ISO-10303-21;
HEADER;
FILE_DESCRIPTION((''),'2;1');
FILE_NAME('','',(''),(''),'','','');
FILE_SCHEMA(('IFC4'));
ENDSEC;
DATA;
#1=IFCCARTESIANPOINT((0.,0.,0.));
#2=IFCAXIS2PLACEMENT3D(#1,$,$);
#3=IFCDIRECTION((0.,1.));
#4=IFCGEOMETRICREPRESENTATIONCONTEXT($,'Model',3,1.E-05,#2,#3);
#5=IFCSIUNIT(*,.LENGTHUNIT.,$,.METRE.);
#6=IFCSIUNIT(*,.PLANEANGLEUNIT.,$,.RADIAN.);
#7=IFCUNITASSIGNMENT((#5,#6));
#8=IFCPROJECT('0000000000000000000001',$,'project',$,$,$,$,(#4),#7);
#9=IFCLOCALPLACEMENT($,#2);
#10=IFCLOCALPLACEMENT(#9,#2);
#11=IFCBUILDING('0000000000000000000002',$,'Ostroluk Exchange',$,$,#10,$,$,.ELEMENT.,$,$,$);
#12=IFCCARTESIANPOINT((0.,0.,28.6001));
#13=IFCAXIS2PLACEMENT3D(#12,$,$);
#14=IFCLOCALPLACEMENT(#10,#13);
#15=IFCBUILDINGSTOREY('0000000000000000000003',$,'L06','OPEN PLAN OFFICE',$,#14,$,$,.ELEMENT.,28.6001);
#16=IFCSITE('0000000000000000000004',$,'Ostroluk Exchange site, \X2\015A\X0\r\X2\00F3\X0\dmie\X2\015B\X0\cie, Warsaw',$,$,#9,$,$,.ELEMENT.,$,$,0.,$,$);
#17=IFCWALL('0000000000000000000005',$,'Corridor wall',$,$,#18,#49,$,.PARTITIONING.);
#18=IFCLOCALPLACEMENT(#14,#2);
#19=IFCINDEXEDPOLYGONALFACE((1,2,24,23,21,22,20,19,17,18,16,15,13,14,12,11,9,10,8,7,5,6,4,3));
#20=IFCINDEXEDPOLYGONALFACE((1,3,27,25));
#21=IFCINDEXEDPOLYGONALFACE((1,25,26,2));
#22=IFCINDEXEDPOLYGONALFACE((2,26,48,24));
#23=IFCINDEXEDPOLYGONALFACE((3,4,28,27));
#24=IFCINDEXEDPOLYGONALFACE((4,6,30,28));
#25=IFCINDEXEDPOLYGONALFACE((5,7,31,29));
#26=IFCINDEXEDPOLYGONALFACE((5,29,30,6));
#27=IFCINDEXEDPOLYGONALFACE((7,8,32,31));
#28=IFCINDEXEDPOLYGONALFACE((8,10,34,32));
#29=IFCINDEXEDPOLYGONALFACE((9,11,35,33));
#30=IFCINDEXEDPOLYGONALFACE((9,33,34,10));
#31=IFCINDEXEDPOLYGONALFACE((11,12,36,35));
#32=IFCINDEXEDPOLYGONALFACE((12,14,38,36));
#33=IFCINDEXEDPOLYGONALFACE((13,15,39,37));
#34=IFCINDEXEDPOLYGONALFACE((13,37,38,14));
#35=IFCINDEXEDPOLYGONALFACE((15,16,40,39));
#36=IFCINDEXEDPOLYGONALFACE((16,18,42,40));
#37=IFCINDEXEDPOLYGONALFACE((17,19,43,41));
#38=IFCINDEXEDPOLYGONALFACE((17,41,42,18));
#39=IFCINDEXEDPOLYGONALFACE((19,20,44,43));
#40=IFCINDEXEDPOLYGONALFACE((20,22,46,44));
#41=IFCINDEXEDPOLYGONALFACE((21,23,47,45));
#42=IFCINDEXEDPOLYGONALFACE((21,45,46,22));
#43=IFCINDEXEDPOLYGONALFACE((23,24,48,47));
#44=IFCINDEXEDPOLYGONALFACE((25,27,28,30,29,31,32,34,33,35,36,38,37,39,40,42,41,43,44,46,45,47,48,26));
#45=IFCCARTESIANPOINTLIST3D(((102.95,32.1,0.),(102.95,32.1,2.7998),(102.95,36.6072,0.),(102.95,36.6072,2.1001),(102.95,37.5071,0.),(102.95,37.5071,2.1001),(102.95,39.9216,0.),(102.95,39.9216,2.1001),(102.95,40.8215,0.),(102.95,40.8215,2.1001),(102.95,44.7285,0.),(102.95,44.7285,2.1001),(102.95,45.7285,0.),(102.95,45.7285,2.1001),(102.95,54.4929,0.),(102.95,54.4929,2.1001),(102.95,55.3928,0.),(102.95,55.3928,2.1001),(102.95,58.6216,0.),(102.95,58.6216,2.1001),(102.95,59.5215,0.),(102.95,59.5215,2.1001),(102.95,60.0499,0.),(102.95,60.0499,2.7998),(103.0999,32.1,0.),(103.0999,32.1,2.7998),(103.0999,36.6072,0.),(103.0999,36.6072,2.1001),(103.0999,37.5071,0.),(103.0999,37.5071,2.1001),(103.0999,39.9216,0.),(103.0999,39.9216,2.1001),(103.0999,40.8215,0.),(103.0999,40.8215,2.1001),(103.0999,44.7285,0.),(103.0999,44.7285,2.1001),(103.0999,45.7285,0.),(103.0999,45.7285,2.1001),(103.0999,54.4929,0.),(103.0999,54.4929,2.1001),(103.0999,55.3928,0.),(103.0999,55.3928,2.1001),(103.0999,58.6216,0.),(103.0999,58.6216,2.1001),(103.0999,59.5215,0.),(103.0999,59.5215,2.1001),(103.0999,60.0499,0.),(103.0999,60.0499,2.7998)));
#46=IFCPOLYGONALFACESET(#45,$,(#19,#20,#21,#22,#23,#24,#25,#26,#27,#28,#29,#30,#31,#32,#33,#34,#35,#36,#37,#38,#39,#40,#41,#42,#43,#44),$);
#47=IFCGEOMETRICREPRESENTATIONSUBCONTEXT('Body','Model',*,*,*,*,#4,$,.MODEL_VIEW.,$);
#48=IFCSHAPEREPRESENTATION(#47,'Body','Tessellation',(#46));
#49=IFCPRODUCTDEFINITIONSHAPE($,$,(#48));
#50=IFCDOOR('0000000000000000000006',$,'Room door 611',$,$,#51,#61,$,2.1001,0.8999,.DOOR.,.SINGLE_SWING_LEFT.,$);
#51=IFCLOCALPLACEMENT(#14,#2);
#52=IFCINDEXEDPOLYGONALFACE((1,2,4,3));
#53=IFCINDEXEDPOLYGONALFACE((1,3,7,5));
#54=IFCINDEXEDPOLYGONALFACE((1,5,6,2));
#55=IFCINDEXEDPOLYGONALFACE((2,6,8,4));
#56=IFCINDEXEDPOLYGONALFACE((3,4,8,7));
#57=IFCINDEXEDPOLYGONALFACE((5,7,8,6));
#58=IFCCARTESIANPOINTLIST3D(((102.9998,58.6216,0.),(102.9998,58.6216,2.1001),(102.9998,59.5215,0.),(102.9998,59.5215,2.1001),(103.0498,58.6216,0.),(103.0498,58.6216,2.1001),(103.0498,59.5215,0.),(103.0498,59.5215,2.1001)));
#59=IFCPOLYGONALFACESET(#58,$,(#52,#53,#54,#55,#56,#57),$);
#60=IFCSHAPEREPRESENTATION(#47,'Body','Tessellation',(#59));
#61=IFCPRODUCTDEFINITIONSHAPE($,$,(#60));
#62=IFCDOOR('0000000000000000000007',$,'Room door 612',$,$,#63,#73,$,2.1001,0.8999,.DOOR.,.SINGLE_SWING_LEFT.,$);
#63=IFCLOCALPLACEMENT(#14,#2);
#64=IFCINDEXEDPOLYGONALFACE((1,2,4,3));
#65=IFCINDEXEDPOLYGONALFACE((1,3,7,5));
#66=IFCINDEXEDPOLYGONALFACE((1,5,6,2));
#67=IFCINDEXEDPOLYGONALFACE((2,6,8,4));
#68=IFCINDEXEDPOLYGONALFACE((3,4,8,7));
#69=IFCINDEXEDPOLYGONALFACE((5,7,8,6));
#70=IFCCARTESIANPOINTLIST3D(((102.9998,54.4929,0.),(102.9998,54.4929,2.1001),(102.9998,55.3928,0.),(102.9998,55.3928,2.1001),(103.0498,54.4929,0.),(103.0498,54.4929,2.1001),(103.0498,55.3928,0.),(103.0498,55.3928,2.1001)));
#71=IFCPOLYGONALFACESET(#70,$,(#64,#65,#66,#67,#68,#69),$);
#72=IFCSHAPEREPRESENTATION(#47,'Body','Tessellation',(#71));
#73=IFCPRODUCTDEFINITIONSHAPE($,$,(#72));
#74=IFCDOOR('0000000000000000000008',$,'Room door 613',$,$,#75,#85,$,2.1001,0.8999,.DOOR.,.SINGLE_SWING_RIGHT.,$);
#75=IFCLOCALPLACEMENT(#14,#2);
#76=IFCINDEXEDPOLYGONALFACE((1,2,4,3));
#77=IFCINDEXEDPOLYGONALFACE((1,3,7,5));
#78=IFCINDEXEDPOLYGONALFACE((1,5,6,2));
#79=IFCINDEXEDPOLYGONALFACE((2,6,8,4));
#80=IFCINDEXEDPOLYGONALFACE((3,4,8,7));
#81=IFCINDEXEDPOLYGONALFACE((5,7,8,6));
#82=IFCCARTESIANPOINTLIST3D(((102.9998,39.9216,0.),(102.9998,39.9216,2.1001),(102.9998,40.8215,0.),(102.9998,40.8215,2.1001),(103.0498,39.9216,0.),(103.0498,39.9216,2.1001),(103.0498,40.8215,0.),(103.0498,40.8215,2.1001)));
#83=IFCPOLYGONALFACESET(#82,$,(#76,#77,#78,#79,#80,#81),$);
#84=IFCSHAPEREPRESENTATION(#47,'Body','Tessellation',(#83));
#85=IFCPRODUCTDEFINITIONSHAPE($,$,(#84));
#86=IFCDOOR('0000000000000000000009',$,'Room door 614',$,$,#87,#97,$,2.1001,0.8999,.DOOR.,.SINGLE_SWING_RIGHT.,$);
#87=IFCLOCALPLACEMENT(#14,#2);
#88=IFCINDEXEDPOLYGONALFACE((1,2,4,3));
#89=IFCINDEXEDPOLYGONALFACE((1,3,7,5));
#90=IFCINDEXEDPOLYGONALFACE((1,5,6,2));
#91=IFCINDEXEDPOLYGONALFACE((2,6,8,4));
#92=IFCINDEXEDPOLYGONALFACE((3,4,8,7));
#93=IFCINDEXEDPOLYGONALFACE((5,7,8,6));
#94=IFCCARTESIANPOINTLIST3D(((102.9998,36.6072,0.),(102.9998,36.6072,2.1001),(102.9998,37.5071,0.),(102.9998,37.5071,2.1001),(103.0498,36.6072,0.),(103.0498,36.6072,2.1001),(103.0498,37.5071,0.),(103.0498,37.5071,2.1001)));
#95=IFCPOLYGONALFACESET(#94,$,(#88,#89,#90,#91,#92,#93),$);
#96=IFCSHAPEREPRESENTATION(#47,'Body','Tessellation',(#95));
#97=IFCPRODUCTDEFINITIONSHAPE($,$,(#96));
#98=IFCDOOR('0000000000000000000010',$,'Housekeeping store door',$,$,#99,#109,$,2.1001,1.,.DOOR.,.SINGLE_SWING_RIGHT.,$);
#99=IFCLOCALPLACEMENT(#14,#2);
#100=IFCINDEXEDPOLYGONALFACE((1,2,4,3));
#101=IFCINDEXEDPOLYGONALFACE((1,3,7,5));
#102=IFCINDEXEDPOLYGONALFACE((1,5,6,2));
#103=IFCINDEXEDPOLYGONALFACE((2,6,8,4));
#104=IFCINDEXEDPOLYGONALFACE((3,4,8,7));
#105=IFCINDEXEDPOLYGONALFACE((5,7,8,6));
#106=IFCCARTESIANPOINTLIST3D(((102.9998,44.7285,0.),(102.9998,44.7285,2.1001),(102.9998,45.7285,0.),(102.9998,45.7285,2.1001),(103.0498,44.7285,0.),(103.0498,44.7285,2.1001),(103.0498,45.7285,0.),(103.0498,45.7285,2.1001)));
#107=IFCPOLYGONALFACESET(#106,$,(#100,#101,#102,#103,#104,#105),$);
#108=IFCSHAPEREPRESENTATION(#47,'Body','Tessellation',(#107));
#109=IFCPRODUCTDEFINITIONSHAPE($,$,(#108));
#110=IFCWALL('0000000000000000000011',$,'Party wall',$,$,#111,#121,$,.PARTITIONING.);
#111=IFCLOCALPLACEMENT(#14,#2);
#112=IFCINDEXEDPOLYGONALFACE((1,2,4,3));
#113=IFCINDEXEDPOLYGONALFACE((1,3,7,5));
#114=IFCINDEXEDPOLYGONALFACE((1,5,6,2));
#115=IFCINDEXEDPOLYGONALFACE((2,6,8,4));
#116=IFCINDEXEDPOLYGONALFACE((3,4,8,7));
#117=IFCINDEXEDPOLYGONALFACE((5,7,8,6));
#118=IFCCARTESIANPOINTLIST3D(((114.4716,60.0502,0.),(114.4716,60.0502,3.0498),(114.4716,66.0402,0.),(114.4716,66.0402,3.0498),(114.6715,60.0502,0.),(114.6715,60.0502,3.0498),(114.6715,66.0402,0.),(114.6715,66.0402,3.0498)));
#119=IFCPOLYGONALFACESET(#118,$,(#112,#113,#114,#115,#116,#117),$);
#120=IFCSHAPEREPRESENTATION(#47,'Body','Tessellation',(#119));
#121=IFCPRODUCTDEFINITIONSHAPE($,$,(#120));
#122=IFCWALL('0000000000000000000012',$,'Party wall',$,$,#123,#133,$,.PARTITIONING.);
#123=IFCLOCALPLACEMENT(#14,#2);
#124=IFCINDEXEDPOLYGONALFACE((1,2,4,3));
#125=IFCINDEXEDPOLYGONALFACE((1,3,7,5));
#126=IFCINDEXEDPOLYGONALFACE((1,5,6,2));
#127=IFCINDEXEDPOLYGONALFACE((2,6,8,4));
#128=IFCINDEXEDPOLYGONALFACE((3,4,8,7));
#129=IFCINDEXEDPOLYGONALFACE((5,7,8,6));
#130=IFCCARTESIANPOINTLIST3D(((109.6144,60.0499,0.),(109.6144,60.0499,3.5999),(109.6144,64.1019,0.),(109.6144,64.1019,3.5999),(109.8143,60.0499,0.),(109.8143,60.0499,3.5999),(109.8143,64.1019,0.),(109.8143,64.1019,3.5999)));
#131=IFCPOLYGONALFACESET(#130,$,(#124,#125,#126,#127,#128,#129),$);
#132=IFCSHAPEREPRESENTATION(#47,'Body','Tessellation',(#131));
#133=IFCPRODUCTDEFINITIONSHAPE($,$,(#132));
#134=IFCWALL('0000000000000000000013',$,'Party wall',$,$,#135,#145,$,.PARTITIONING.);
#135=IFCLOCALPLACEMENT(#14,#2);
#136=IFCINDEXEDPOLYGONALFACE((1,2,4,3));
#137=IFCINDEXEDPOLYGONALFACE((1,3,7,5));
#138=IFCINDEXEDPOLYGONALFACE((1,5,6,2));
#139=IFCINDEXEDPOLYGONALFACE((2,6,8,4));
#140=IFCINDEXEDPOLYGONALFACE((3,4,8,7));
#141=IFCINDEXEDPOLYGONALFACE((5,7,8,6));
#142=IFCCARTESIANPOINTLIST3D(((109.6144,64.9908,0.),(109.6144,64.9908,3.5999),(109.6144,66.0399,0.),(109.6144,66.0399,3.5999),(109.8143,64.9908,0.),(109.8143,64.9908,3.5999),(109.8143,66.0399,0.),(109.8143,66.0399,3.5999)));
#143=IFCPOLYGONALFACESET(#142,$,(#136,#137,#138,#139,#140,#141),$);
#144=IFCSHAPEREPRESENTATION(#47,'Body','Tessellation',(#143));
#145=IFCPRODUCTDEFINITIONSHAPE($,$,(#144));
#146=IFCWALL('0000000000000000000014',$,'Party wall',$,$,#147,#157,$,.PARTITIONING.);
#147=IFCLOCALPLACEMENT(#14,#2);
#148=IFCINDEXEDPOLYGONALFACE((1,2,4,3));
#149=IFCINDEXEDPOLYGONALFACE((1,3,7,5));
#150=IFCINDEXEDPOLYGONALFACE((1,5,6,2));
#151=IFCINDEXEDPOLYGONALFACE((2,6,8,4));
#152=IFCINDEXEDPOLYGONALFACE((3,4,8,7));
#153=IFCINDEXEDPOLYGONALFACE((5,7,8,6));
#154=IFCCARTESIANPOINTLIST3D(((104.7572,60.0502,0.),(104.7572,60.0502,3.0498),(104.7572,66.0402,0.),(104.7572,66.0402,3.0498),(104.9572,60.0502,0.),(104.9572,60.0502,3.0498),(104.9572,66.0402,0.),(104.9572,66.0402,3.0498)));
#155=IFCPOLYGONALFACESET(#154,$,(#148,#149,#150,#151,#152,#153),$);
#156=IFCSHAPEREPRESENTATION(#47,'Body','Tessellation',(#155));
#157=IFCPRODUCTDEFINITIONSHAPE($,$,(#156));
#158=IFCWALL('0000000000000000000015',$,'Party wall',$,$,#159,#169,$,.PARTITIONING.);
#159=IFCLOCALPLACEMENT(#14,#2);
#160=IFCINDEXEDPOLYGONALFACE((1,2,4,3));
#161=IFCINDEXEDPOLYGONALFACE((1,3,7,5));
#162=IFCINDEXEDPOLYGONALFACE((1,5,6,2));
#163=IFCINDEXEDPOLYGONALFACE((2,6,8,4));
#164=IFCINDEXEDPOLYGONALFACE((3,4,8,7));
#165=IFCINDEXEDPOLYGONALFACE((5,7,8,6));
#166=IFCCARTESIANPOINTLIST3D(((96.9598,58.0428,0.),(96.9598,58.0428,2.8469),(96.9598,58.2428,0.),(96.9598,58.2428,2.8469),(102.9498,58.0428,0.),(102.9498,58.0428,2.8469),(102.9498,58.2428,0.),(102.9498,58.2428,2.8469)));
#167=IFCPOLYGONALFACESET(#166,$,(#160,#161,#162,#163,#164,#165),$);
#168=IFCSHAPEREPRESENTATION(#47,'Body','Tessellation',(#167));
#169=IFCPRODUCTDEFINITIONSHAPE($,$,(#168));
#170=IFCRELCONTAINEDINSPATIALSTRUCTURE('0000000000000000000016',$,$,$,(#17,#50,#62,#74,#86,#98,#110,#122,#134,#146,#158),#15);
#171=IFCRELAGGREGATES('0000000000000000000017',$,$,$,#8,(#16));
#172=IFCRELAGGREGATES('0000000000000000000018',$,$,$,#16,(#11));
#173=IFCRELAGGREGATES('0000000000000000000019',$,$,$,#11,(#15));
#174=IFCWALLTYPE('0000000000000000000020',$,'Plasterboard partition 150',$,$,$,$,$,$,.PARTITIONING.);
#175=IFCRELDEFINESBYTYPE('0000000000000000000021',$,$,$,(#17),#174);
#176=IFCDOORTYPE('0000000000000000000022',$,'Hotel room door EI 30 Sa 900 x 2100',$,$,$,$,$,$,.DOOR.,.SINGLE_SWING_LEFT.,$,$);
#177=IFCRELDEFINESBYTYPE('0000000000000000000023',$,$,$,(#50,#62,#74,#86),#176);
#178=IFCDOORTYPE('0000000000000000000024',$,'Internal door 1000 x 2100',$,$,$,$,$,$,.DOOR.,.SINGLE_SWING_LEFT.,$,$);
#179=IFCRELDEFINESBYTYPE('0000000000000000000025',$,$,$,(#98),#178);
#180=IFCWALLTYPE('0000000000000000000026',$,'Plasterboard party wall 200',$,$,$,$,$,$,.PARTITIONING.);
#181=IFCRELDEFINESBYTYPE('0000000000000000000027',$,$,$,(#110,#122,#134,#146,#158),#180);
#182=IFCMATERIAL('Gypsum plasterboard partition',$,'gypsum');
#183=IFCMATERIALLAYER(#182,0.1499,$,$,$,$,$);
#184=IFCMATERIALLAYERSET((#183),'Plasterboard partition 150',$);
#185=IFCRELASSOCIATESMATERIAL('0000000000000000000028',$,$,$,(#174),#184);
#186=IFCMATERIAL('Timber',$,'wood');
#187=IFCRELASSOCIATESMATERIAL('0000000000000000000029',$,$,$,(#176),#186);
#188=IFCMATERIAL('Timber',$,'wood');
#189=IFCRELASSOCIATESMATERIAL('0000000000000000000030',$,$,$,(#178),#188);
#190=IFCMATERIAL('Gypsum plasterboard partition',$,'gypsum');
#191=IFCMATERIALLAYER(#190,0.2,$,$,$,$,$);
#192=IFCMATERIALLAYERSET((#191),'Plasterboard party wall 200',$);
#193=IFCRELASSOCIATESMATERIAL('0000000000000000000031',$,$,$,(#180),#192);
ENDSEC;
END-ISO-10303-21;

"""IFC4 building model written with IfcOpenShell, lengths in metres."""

from ifc_helpers import new_model, si_unit, direction, frame, frame_2d, origin, place, context, subcontext, project, spatial, rectangle, extrude, material, layer, layer_set, type_object, element, fill, save


model = new_model("IFC4")

# Units and contexts
model_context = context("Model", 3, precision=1e-05, world=origin(), true_north=direction((0.0, 1.0)))
body_context = subcontext(model_context, "Body", "Model", "MODEL_VIEW")
ifc_project = project(units=[si_unit("LENGTHUNIT", "METRE"), si_unit("PLANEANGLEUNIT", "RADIAN")], contexts=[model_context])

# Site, building, storey
site_placement = place(None, origin())
site = spatial("IfcSite", under=ifc_project, at=site_placement, Name="Ostroluk Exchange site, Śródmieście, Warsaw", CompositionType="ELEMENT", RefElevation=0.0)
building_placement = place(site_placement, origin())
building = spatial("IfcBuilding", under=site, at=building_placement, Name="Ostroluk Exchange", CompositionType="ELEMENT")
storey_placement = place(building_placement, frame((0.0, 0.0, 28.6001)))
storey = spatial("IfcBuildingStorey", under=building, at=storey_placement, Name="L06", Description="OPEN PLAN OFFICE", CompositionType="ELEMENT", Elevation=28.6001)

# Wall, openings, doors
ifc_material_1 = material(Name="Gypsum plasterboard partition", Category="gypsum")
ifc_layer_1 = layer(ifc_material_1, 0.1499)
ifc_layer_set_1 = layer_set([ifc_layer_1], Name="Plasterboard partition 150")
wall_type_1 = type_object("IfcWallType", Name="Plasterboard partition 150", PredefinedType="PARTITIONING", material=ifc_layer_set_1)
wall_1_placement = place(storey_placement, frame((103.0249, 60.05, 0.0), z_axis=(0.0, 0.0, 1.0), x_axis=(0.0, -1.0, 0.0)))
wall_1 = element("IfcWall", 1, at=wall_1_placement, inside=storey, type_object=wall_type_1, Name="Corridor wall", PredefinedType="PARTITIONING", context=body_context, shape_type="SweptSolid", body=[
    extrude(rectangle(XDim=27.95, YDim=0.1499, at=frame_2d((13.9751, 0.0))), origin(), (0.0, 0.0, 1.0), 2.7998),
])
opening_1_placement = place(wall_1_placement, frame((0.5286, 0.0, 0.0)))
opening_1 = element("IfcOpeningElement", 2, at=opening_1_placement, cuts=wall_1, PredefinedType="OPENING", context=body_context, shape_type="SweptSolid", body=[
    extrude(rectangle(XDim=0.8999, YDim=2.1001, at=frame_2d((0.45, 1.05))), frame((0.0, 0.085, 0.0), z_axis=(0.0, -1.0, 0.0), x_axis=(1.0, 0.0, 0.0)), (0.0, 0.0, 1.0), 0.1699),
])
opening_2_placement = place(wall_1_placement, frame((4.6572, 0.0, 0.0)))
opening_2 = element("IfcOpeningElement", 3, at=opening_2_placement, cuts=wall_1, PredefinedType="OPENING", context=body_context, shape_type="SweptSolid", body=[
    extrude(rectangle(XDim=0.8999, YDim=2.1001, at=frame_2d((0.45, 1.05))), frame((0.0, 0.085, 0.0), z_axis=(0.0, -1.0, 0.0), x_axis=(1.0, 0.0, 0.0)), (0.0, 0.0, 1.0), 0.1699),
])
opening_3_placement = place(wall_1_placement, frame((14.3215, 0.0, 0.0)))
opening_3 = element("IfcOpeningElement", 4, at=opening_3_placement, cuts=wall_1, PredefinedType="OPENING", context=body_context, shape_type="SweptSolid", body=[
    extrude(rectangle(XDim=1.0, YDim=2.1001, at=frame_2d((0.5, 1.05))), frame((0.0, 0.085, 0.0), z_axis=(0.0, -1.0, 0.0), x_axis=(1.0, 0.0, 0.0)), (0.0, 0.0, 1.0), 0.1699),
])
opening_4_placement = place(wall_1_placement, frame((19.2285, 0.0, 0.0)))
opening_4 = element("IfcOpeningElement", 5, at=opening_4_placement, cuts=wall_1, PredefinedType="OPENING", context=body_context, shape_type="SweptSolid", body=[
    extrude(rectangle(XDim=0.8999, YDim=2.1001, at=frame_2d((0.45, 1.05))), frame((0.0, 0.085, 0.0), z_axis=(0.0, -1.0, 0.0), x_axis=(1.0, 0.0, 0.0)), (0.0, 0.0, 1.0), 0.1699),
])
opening_5_placement = place(wall_1_placement, frame((22.543, 0.0, 0.0)))
opening_5 = element("IfcOpeningElement", 6, at=opening_5_placement, cuts=wall_1, PredefinedType="OPENING", context=body_context, shape_type="SweptSolid", body=[
    extrude(rectangle(XDim=0.8999, YDim=2.1001, at=frame_2d((0.45, 1.05))), frame((0.0, 0.085, 0.0), z_axis=(0.0, -1.0, 0.0), x_axis=(1.0, 0.0, 0.0)), (0.0, 0.0, 1.0), 0.1699),
])
ifc_material_2 = material(Name="Timber", Category="wood")
door_type_1 = type_object("IfcDoorType", Name="Hotel room door EI 30 Sa 900 x 2100", OperationType="SINGLE_SWING_LEFT", PredefinedType="DOOR", material=ifc_material_2)
door_1_placement = place(opening_1_placement, origin())
door_1 = element("IfcDoor", 7, at=door_1_placement, inside=storey, type_object=door_type_1, Name="Room door 611", OperationType="SINGLE_SWING_LEFT", OverallHeight=2.1001, OverallWidth=0.8999, PredefinedType="DOOR", context=body_context, shape_type="SweptSolid", body=[
    extrude(rectangle(XDim=0.8999, YDim=2.1001, at=frame_2d((0.45, 1.05))), frame((0.0, 0.0249, 0.0), z_axis=(0.0, -1.0, 0.0), x_axis=(1.0, 0.0, 0.0)), (0.0, 0.0, 1.0), 0.05),
])
fill(opening_1, door_1)
door_2_placement = place(opening_2_placement, origin())
door_2 = element("IfcDoor", 8, at=door_2_placement, inside=storey, type_object=door_type_1, Name="Room door 612", OperationType="SINGLE_SWING_LEFT", OverallHeight=2.1001, OverallWidth=0.8999, PredefinedType="DOOR", context=body_context, shape_type="SweptSolid", body=[
    extrude(rectangle(XDim=0.8999, YDim=2.1001, at=frame_2d((0.45, 1.05))), frame((0.0, 0.0249, 0.0), z_axis=(0.0, -1.0, 0.0), x_axis=(1.0, 0.0, 0.0)), (0.0, 0.0, 1.0), 0.05),
])
fill(opening_2, door_2)
door_3_placement = place(opening_4_placement, origin())
door_3 = element("IfcDoor", 9, at=door_3_placement, inside=storey, type_object=door_type_1, Name="Room door 613", OperationType="SINGLE_SWING_RIGHT", OverallHeight=2.1001, OverallWidth=0.8999, PredefinedType="DOOR", context=body_context, shape_type="SweptSolid", body=[
    extrude(rectangle(XDim=0.8999, YDim=2.1001, at=frame_2d((0.45, 1.05))), frame((0.0, 0.0249, 0.0), z_axis=(0.0, -1.0, 0.0), x_axis=(1.0, 0.0, 0.0)), (0.0, 0.0, 1.0), 0.05),
])
fill(opening_4, door_3)
door_4_placement = place(opening_5_placement, origin())
door_4 = element("IfcDoor", 10, at=door_4_placement, inside=storey, type_object=door_type_1, Name="Room door 614", OperationType="SINGLE_SWING_RIGHT", OverallHeight=2.1001, OverallWidth=0.8999, PredefinedType="DOOR", context=body_context, shape_type="SweptSolid", body=[
    extrude(rectangle(XDim=0.8999, YDim=2.1001, at=frame_2d((0.45, 1.05))), frame((0.0, 0.0249, 0.0), z_axis=(0.0, -1.0, 0.0), x_axis=(1.0, 0.0, 0.0)), (0.0, 0.0, 1.0), 0.05),
])
fill(opening_5, door_4)
ifc_material_3 = material(Name="Timber", Category="wood")
door_type_2 = type_object("IfcDoorType", Name="Internal door 1000 x 2100", OperationType="SINGLE_SWING_LEFT", PredefinedType="DOOR", material=ifc_material_3)
door_5_placement = place(opening_3_placement, origin())
door_5 = element("IfcDoor", 11, at=door_5_placement, inside=storey, type_object=door_type_2, Name="Housekeeping store door", OperationType="SINGLE_SWING_RIGHT", OverallHeight=2.1001, OverallWidth=1.0, PredefinedType="DOOR", context=body_context, shape_type="SweptSolid", body=[
    extrude(rectangle(XDim=1.0, YDim=2.1001, at=frame_2d((0.5, 1.05))), frame((0.0, 0.0249, 0.0), z_axis=(0.0, -1.0, 0.0), x_axis=(1.0, 0.0, 0.0)), (0.0, 0.0, 1.0), 0.05),
])
fill(opening_3, door_5)

# Walls
ifc_material_4 = material(Name="Gypsum plasterboard partition", Category="gypsum")
ifc_layer_2 = layer(ifc_material_4, 0.2)
ifc_layer_set_2 = layer_set([ifc_layer_2], Name="Plasterboard party wall 200")
wall_type_2 = type_object("IfcWallType", Name="Plasterboard party wall 200", PredefinedType="PARTITIONING", material=ifc_layer_set_2)
wall_2_placement = place(storey_placement, frame((114.5715, 60.05, 0.0), z_axis=(0.0, 0.0, 1.0), x_axis=(0.0, 1.0, 0.0)))
element("IfcWall", 12, at=wall_2_placement, inside=storey, type_object=wall_type_2, Name="Party wall", PredefinedType="PARTITIONING", context=body_context, shape_type="SweptSolid", body=[
    extrude(rectangle(XDim=5.99, YDim=0.2, at=frame_2d((2.9951, 0.0))), origin(), (0.0, 0.0, 1.0), 3.0498),
])
wall_3_placement = place(storey_placement, frame((109.7144, 60.05, 0.0), z_axis=(0.0, 0.0, 1.0), x_axis=(0.0, 1.0, 0.0)))
element("IfcWall", 13, at=wall_3_placement, inside=storey, type_object=wall_type_2, Name="Party wall", PredefinedType="PARTITIONING", context=body_context, shape_type="SweptSolid", body=[
    extrude(rectangle(XDim=4.052, YDim=0.2, at=frame_2d((2.0259, 0.0))), origin(), (0.0, 0.0, 1.0), 3.5999),
])
wall_4_placement = place(storey_placement, frame((109.7144, 64.991, 0.0), z_axis=(0.0, 0.0, 1.0), x_axis=(0.0, 1.0, 0.0)))
element("IfcWall", 14, at=wall_4_placement, inside=storey, type_object=wall_type_2, Name="Party wall", PredefinedType="PARTITIONING", context=body_context, shape_type="SweptSolid", body=[
    extrude(rectangle(XDim=1.0491, YDim=0.2, at=frame_2d((0.5244, 0.0))), origin(), (0.0, 0.0, 1.0), 3.5999),
])
wall_5_placement = place(storey_placement, frame((104.8572, 60.05, 0.0), z_axis=(0.0, 0.0, 1.0), x_axis=(0.0, 1.0, 0.0)))
element("IfcWall", 15, at=wall_5_placement, inside=storey, type_object=wall_type_2, Name="Party wall", PredefinedType="PARTITIONING", context=body_context, shape_type="SweptSolid", body=[
    extrude(rectangle(XDim=5.99, YDim=0.2, at=frame_2d((2.9951, 0.0))), origin(), (0.0, 0.0, 1.0), 3.0498),
])
wall_6_placement = place(storey_placement, frame((102.95, 58.1428, 0.0), z_axis=(0.0, 0.0, 1.0), x_axis=(-1.0, 0.0, 0.0)))
element("IfcWall", 16, at=wall_6_placement, inside=storey, type_object=wall_type_2, Name="Party wall", PredefinedType="PARTITIONING", context=body_context, shape_type="SweptSolid", body=[
    extrude(rectangle(XDim=5.99, YDim=0.2, at=frame_2d((2.9951, 0.0))), origin(), (0.0, 0.0, 1.0), 2.8469),
])

save(model, "model.ifc")
